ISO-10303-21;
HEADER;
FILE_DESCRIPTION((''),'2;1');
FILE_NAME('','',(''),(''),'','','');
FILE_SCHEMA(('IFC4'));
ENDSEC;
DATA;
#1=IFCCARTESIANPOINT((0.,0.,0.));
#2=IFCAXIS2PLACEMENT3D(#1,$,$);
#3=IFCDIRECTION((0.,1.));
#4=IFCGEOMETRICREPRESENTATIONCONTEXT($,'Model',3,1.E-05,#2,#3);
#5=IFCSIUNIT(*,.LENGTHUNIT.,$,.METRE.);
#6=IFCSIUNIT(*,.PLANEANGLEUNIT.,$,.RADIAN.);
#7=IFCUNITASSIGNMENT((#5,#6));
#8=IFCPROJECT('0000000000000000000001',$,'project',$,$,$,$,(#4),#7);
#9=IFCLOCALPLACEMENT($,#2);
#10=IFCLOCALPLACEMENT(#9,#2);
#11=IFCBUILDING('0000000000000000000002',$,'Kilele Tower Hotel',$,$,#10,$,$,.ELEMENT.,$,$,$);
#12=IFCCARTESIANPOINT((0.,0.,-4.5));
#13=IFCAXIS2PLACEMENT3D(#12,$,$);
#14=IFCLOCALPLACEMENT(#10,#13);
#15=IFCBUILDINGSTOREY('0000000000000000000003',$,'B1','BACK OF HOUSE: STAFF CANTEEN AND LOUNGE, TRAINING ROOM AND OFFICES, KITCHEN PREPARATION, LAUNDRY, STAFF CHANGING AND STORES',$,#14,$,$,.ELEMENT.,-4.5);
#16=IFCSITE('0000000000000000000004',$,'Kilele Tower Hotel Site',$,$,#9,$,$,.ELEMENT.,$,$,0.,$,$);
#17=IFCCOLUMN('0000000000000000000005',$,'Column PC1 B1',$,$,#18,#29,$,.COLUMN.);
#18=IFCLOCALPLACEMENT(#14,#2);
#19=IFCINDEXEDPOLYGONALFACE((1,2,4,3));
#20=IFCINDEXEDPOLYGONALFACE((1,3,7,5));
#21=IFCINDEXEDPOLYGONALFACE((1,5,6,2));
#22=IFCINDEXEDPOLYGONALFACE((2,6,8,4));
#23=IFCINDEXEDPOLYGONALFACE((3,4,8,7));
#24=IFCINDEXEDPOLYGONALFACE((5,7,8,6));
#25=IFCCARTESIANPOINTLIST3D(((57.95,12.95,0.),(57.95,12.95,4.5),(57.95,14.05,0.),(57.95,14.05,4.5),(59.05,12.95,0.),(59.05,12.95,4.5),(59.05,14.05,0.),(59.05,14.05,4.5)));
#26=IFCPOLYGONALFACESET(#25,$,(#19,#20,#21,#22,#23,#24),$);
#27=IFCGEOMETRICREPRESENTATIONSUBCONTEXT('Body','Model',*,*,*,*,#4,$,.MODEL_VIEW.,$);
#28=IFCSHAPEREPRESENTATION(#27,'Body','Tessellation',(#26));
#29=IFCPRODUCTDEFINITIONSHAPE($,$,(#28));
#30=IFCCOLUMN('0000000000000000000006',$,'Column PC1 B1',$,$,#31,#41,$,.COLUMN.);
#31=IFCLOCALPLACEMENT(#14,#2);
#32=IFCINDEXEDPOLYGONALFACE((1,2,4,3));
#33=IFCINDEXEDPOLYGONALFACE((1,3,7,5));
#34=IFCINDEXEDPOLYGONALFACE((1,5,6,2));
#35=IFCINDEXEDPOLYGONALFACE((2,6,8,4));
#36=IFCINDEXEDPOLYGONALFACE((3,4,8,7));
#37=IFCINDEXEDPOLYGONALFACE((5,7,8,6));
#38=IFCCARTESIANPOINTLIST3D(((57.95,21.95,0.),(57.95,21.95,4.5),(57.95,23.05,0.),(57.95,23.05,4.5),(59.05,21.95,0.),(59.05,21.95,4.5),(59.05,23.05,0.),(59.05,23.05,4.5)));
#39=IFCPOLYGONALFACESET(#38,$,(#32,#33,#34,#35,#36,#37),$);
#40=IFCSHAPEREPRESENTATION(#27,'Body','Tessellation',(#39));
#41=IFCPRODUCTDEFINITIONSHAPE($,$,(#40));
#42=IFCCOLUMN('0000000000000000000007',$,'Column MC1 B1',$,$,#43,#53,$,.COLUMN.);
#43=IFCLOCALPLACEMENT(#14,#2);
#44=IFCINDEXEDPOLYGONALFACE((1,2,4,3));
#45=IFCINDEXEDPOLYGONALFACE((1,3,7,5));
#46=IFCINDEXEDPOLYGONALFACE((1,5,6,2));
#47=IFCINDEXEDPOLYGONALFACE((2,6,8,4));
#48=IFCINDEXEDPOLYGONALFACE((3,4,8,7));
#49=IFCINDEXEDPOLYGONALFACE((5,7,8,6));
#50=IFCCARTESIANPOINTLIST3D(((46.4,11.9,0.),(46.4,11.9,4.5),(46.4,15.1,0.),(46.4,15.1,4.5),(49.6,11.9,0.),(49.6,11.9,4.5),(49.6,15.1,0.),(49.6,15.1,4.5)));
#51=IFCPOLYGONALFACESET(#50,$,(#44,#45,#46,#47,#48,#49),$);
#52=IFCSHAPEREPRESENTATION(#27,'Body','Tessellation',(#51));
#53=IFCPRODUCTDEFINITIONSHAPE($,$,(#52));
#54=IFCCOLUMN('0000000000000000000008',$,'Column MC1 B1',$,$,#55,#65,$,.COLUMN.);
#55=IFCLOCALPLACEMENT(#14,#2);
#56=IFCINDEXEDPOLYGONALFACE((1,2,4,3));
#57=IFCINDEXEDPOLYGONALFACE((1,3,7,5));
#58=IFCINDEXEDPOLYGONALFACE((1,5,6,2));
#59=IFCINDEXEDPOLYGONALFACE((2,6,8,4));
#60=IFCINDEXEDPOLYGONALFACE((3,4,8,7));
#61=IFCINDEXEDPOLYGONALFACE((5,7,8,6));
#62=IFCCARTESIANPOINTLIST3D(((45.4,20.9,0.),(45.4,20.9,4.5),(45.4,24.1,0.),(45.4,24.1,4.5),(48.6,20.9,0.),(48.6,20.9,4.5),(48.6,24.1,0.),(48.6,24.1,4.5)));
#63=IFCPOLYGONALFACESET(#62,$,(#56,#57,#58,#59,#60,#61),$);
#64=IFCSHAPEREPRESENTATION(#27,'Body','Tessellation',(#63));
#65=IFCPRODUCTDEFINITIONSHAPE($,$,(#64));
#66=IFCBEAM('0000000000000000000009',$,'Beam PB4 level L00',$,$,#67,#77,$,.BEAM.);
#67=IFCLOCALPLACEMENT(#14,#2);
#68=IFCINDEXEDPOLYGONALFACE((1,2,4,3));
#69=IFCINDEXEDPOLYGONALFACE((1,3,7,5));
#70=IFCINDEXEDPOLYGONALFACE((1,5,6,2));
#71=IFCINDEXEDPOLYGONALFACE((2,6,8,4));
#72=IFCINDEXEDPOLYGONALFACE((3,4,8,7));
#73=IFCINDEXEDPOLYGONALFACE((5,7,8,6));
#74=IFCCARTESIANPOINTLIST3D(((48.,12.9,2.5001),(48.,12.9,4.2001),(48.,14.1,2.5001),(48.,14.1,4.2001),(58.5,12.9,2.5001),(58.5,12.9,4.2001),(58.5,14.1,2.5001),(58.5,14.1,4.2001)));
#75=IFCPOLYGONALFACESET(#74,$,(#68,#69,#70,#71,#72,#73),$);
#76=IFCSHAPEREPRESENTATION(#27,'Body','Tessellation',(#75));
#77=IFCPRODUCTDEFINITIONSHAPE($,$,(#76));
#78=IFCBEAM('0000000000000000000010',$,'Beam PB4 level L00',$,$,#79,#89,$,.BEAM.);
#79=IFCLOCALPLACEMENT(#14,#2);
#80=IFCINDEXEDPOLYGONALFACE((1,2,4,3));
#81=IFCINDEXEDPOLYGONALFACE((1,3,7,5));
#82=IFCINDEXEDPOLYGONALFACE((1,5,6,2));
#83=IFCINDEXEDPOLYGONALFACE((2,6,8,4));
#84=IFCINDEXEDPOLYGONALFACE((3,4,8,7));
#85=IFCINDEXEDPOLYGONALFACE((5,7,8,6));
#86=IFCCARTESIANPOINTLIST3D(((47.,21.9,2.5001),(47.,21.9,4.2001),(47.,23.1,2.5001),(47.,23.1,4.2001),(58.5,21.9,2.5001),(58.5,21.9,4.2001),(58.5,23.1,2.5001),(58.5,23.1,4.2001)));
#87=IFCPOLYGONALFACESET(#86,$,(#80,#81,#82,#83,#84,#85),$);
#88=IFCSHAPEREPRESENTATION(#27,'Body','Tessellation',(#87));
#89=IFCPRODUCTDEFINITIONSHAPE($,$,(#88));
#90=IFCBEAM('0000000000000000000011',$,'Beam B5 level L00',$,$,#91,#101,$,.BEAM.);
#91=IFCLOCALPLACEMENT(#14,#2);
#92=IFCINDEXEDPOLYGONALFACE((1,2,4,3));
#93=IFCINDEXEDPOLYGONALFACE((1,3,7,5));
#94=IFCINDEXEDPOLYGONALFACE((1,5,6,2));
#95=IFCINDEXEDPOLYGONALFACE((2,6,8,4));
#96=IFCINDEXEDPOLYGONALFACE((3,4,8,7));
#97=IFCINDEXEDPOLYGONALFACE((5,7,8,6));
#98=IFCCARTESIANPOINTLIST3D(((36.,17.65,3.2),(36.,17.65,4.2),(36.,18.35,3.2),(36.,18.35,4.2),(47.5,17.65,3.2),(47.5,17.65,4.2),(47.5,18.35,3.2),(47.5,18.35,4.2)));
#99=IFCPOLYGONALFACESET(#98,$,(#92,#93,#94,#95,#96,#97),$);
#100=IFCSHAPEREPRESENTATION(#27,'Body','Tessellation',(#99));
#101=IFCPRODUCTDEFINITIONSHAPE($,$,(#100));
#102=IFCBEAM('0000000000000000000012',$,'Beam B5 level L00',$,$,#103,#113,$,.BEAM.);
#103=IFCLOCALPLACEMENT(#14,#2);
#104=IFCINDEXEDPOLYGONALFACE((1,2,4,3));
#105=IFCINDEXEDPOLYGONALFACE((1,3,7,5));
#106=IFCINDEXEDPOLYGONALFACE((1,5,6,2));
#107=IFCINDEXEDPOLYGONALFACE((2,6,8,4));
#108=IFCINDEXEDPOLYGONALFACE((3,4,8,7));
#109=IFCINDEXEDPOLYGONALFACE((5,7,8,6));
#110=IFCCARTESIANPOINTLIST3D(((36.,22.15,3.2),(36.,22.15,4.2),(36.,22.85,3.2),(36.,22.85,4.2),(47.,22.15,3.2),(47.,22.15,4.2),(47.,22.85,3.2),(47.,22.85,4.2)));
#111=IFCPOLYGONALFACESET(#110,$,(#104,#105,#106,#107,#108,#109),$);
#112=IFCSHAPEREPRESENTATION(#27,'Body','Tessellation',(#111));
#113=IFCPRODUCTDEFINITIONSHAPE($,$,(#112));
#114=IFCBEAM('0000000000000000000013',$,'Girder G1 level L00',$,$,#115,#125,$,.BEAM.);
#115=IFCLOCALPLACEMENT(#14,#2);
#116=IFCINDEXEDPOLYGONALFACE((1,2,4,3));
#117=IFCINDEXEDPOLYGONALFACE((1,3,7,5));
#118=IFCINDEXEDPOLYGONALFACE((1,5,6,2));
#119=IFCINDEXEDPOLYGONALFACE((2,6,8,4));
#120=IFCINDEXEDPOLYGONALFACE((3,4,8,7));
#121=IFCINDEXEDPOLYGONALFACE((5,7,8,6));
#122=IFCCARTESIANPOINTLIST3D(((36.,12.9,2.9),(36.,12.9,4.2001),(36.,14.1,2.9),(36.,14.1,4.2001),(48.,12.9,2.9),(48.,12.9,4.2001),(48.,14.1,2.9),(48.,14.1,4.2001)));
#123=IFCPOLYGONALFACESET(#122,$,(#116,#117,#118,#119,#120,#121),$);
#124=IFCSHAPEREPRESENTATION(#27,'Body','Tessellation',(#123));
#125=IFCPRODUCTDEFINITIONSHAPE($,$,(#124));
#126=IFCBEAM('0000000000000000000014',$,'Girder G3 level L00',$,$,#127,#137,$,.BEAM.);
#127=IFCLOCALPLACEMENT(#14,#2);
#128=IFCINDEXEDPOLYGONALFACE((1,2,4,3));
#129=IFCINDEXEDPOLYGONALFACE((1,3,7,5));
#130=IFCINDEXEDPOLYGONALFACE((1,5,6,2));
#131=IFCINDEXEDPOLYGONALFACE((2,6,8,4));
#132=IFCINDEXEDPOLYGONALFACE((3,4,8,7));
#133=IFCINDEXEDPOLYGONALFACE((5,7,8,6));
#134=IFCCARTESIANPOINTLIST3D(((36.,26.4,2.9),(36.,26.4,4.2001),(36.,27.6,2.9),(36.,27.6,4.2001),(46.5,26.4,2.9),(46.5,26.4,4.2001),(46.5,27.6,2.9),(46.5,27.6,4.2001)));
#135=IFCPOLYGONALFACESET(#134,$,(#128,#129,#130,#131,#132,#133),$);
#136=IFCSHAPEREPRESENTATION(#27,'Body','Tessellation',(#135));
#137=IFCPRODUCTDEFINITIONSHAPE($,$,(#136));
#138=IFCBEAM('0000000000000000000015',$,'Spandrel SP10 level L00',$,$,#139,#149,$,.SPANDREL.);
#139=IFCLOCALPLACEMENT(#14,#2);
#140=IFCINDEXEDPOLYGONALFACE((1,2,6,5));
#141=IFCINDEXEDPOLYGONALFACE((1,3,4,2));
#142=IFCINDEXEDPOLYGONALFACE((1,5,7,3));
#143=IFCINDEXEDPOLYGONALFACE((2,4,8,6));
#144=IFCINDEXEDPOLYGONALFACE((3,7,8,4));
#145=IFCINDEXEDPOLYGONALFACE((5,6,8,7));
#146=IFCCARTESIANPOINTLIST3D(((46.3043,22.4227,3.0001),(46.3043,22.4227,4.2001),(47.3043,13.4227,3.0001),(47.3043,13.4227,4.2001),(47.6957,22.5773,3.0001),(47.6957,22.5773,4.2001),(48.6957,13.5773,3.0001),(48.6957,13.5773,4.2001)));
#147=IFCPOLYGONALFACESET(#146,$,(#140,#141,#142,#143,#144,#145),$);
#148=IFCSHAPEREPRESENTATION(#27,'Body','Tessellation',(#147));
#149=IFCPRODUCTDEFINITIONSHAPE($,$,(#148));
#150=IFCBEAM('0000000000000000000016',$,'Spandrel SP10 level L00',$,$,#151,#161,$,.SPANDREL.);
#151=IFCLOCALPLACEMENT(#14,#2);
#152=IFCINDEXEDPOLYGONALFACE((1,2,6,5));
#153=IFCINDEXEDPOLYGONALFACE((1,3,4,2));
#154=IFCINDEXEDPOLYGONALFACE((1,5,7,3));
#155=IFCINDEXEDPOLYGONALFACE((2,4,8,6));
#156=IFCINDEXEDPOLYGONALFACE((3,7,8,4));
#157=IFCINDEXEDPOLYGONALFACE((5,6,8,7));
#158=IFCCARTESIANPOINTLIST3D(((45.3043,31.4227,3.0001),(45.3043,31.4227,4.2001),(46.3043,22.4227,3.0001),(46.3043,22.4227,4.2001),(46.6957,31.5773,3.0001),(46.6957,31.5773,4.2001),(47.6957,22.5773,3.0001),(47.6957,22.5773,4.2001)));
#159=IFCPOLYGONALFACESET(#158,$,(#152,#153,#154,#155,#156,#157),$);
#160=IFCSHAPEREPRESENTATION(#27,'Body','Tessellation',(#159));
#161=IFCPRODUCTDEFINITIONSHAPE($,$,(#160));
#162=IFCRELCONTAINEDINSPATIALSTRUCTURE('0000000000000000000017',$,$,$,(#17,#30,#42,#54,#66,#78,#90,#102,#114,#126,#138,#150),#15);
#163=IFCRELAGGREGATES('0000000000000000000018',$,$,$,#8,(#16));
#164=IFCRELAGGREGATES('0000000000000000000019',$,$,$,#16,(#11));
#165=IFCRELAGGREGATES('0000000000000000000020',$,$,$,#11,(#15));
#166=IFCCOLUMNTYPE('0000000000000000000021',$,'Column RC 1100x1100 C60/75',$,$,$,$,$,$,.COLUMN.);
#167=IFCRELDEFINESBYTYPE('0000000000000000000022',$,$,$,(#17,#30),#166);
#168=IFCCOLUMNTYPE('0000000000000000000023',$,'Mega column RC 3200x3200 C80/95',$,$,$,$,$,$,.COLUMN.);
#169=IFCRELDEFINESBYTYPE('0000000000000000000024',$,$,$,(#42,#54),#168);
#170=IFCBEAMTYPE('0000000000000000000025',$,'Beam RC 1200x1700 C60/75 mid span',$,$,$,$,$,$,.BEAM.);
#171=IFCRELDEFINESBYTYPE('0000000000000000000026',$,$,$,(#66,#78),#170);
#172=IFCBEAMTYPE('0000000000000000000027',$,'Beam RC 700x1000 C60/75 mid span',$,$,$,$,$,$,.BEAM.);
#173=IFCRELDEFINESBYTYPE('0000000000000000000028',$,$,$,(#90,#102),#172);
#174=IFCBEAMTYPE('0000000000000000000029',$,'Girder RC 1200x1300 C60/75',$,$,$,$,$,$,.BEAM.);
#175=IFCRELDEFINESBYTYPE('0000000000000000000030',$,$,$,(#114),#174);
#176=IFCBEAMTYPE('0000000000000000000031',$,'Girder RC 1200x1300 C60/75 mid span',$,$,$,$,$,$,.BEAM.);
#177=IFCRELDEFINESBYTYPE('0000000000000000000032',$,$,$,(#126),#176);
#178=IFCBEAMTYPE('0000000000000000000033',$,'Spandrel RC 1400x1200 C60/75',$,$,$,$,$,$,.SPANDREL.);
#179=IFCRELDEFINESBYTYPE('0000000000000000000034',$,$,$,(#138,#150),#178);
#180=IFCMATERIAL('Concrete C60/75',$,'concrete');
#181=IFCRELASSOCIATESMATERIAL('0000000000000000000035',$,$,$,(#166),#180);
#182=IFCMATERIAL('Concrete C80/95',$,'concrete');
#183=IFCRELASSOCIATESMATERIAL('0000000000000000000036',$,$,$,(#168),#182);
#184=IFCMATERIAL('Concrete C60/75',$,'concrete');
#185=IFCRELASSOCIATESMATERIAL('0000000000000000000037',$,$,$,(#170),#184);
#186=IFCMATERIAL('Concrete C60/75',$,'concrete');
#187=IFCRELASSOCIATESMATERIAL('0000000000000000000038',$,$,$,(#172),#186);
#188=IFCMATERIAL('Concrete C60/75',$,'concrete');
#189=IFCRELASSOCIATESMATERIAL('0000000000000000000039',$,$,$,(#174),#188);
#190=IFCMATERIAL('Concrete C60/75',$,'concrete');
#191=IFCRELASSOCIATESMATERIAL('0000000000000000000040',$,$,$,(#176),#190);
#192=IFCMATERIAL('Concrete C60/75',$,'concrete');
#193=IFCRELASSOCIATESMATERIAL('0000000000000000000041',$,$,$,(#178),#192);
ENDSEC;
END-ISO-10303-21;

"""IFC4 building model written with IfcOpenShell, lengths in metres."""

from ifc_helpers import new_model, si_unit, direction, frame, origin, origin_2d, place, context, subcontext, project, spatial, rectangle, extrude, material, material_profile, profile_set, type_object, element, save


model = new_model("IFC4")

# Units and contexts
model_context = context("Model", 3, precision=1e-05, world=origin(), true_north=direction((0.0, 1.0)))
body_context = subcontext(model_context, "Body", "Model", "MODEL_VIEW")
ifc_project = project(units=[si_unit("LENGTHUNIT", "METRE"), si_unit("PLANEANGLEUNIT", "RADIAN")], contexts=[model_context])

# Site, building, storey
site_placement = place(None, origin())
site = spatial("IfcSite", under=ifc_project, at=site_placement, Name="Kilele Tower Hotel Site", CompositionType="ELEMENT", RefElevation=0.0)
building_placement = place(site_placement, origin())
building = spatial("IfcBuilding", under=site, at=building_placement, Name="Kilele Tower Hotel", CompositionType="ELEMENT")
storey_placement = place(building_placement, frame((0.0, 0.0, -4.5)))
storey = spatial("IfcBuildingStorey", under=building, at=storey_placement, Name="B1", Description="BACK OF HOUSE: STAFF CANTEEN AND LOUNGE, TRAINING ROOM AND OFFICES, KITCHEN PREPARATION, LAUNDRY, STAFF CHANGING AND STORES", CompositionType="ELEMENT", Elevation=-4.5)

# Columns
ifc_material_1 = material(Name="Concrete C60/75", Category="concrete")
ifc_material_profile_1 = material_profile(ifc_material_1, rectangle(XDim=1.1001, YDim=1.1001, at=origin_2d()))
ifc_profile_set_1 = profile_set([ifc_material_profile_1], Name="Concrete C60/75")
column_type_1 = type_object("IfcColumnType", Name="Column RC 1100x1100 C60/75", PredefinedType="COLUMN", material=ifc_profile_set_1)
for number, where, z_axis, x_axis, name in (
    (1, (58.5, 13.5, 0.0), (0.0, 0.0, 1.0), (1.0, 0.0, 0.0), "Column PC1 B1"),
    (2, (58.5, 22.5, 0.0), (0.0, 0.0, 1.0), (1.0, 0.0, 0.0), "Column PC1 B1"),
):
    element("IfcColumn", number, at=place(storey_placement, frame(where, z_axis=z_axis, x_axis=x_axis)), inside=storey, type_object=column_type_1, Name=name, PredefinedType="COLUMN", context=body_context, shape_type="SweptSolid", body=[
        extrude(rectangle(XDim=1.1001, YDim=1.1001, at=origin_2d()), origin(), (0.0, 0.0, 1.0), 4.5),
    ])
ifc_material_2 = material(Name="Concrete C80/95", Category="concrete")
ifc_material_profile_2 = material_profile(ifc_material_2, rectangle(XDim=3.2, YDim=3.2, at=origin_2d()))
ifc_profile_set_2 = profile_set([ifc_material_profile_2], Name="Concrete C80/95")
column_type_2 = type_object("IfcColumnType", Name="Mega column RC 3200x3200 C80/95", PredefinedType="COLUMN", material=ifc_profile_set_2)
for number, where, z_axis, x_axis, name in (
    (3, (48.0, 13.5, 0.0), (0.0, 0.0, 1.0), (1.0, 0.0, 0.0), "Column MC1 B1"),
    (4, (47.0, 22.5, 0.0), (0.0, 0.0, 1.0), (1.0, 0.0, 0.0), "Column MC1 B1"),
):
    element("IfcColumn", number, at=place(storey_placement, frame(where, z_axis=z_axis, x_axis=x_axis)), inside=storey, type_object=column_type_2, Name=name, PredefinedType="COLUMN", context=body_context, shape_type="SweptSolid", body=[
        extrude(rectangle(XDim=3.2, YDim=3.2, at=origin_2d()), origin(), (0.0, 0.0, 1.0), 4.5),
    ])

# Beams
ifc_material_3 = material(Name="Concrete C60/75", Category="concrete")
ifc_material_profile_3 = material_profile(ifc_material_3, rectangle(XDim=1.2, YDim=1.7, at=origin_2d()))
ifc_profile_set_3 = profile_set([ifc_material_profile_3], Name="Concrete C60/75")
beam_type_1 = type_object("IfcBeamType", Name="Beam RC 1200x1700 C60/75 mid span", PredefinedType="BEAM", material=ifc_profile_set_3)
beam_1_placement = place(storey_placement, frame((48.0, 13.5, 3.3501), z_axis=(1.0, 0.0, 0.0), x_axis=(0.0, 1.0, 0.0)))
element("IfcBeam", 5, at=beam_1_placement, inside=storey, type_object=beam_type_1, Name="Beam PB4 level L00", PredefinedType="BEAM", context=body_context, shape_type="SweptSolid", body=[
    extrude(rectangle(XDim=1.2, YDim=1.7, at=origin_2d()), origin(), (0.0, 0.0, 1.0), 10.5),
])
beam_2_placement = place(storey_placement, frame((47.0, 22.5, 3.3501), z_axis=(1.0, 0.0, 0.0), x_axis=(0.0, 1.0, 0.0)))
element("IfcBeam", 6, at=beam_2_placement, inside=storey, type_object=beam_type_1, Name="Beam PB4 level L00", PredefinedType="BEAM", context=body_context, shape_type="SweptSolid", body=[
    extrude(rectangle(XDim=1.2, YDim=1.7, at=origin_2d()), origin(), (0.0, 0.0, 1.0), 11.5),
])
ifc_material_4 = material(Name="Concrete C60/75", Category="concrete")
ifc_material_profile_4 = material_profile(ifc_material_4, rectangle(XDim=0.7, YDim=1.0, at=origin_2d()))
ifc_profile_set_4 = profile_set([ifc_material_profile_4], Name="Concrete C60/75")
beam_type_2 = type_object("IfcBeamType", Name="Beam RC 700x1000 C60/75 mid span", PredefinedType="BEAM", material=ifc_profile_set_4)
beam_3_placement = place(storey_placement, frame((47.5, 18.0, 3.7), z_axis=(-1.0, 0.0, 0.0), x_axis=(0.0, -1.0, 0.0)))
element("IfcBeam", 7, at=beam_3_placement, inside=storey, type_object=beam_type_2, Name="Beam B5 level L00", PredefinedType="BEAM", context=body_context, shape_type="SweptSolid", body=[
    extrude(rectangle(XDim=0.7, YDim=1.0, at=origin_2d()), origin(), (0.0, 0.0, 1.0), 11.5),
])
beam_4_placement = place(storey_placement, frame((47.0, 22.5, 3.7), z_axis=(-1.0, 0.0, 0.0), x_axis=(0.0, -1.0, 0.0)))
element("IfcBeam", 8, at=beam_4_placement, inside=storey, type_object=beam_type_2, Name="Beam B5 level L00", PredefinedType="BEAM", context=body_context, shape_type="SweptSolid", body=[
    extrude(rectangle(XDim=0.7, YDim=1.0, at=origin_2d()), origin(), (0.0, 0.0, 1.0), 11.0),
])
ifc_material_5 = material(Name="Concrete C60/75", Category="concrete")
ifc_material_profile_5 = material_profile(ifc_material_5, rectangle(XDim=1.2, YDim=1.3, at=origin_2d()))
ifc_profile_set_5 = profile_set([ifc_material_profile_5], Name="Concrete C60/75")
beam_type_3 = type_object("IfcBeamType", Name="Girder RC 1200x1300 C60/75", PredefinedType="BEAM", material=ifc_profile_set_5)
beam_5_placement = place(storey_placement, frame((48.0, 13.5, 3.55), z_axis=(-1.0, 0.0, 0.0), x_axis=(0.0, -1.0, 0.0)))
element("IfcBeam", 9, at=beam_5_placement, inside=storey, type_object=beam_type_3, Name="Girder G1 level L00", PredefinedType="BEAM", context=body_context, shape_type="SweptSolid", body=[
    extrude(rectangle(XDim=1.2, YDim=1.3, at=origin_2d()), origin(), (0.0, 0.0, 1.0), 12.0),
])
ifc_material_6 = material(Name="Concrete C60/75", Category="concrete")
ifc_material_profile_6 = material_profile(ifc_material_6, rectangle(XDim=1.2, YDim=1.3, at=origin_2d()))
ifc_profile_set_6 = profile_set([ifc_material_profile_6], Name="Concrete C60/75")
beam_type_4 = type_object("IfcBeamType", Name="Girder RC 1200x1300 C60/75 mid span", PredefinedType="BEAM", material=ifc_profile_set_6)
beam_6_placement = place(storey_placement, frame((46.5, 27.0, 3.55), z_axis=(-1.0, 0.0, 0.0), x_axis=(0.0, -1.0, 0.0)))
element("IfcBeam", 10, at=beam_6_placement, inside=storey, type_object=beam_type_4, Name="Girder G3 level L00", PredefinedType="BEAM", context=body_context, shape_type="SweptSolid", body=[
    extrude(rectangle(XDim=1.2, YDim=1.3, at=origin_2d()), origin(), (0.0, 0.0, 1.0), 10.5),
])
ifc_material_7 = material(Name="Concrete C60/75", Category="concrete")
ifc_material_profile_7 = material_profile(ifc_material_7, rectangle(XDim=1.3999, YDim=1.2, at=origin_2d()))
ifc_profile_set_7 = profile_set([ifc_material_profile_7], Name="Concrete C60/75")
beam_type_5 = type_object("IfcBeamType", Name="Spandrel RC 1400x1200 C60/75", PredefinedType="SPANDREL", material=ifc_profile_set_7)
for number, where, z_axis, x_axis, name in (
    (11, (48.0, 13.5, 3.6001), (-0.110432, 0.993884, 0.0), (-0.993884, -0.110432, 0.0), "Spandrel SP10 level L00"),
    (12, (47.0, 22.5, 3.6001), (-0.110432, 0.993884, 0.0), (-0.993884, -0.110432, 0.0), "Spandrel SP10 level L00"),
):
    element("IfcBeam", number, at=place(storey_placement, frame(where, z_axis=z_axis, x_axis=x_axis)), inside=storey, type_object=beam_type_5, Name=name, PredefinedType="SPANDREL", context=body_context, shape_type="SweptSolid", body=[
        extrude(rectangle(XDim=1.3999, YDim=1.2, at=origin_2d()), origin(), (0.0, 0.0, 1.0), 9.0554),
    ])

save(model, "model.ifc")
